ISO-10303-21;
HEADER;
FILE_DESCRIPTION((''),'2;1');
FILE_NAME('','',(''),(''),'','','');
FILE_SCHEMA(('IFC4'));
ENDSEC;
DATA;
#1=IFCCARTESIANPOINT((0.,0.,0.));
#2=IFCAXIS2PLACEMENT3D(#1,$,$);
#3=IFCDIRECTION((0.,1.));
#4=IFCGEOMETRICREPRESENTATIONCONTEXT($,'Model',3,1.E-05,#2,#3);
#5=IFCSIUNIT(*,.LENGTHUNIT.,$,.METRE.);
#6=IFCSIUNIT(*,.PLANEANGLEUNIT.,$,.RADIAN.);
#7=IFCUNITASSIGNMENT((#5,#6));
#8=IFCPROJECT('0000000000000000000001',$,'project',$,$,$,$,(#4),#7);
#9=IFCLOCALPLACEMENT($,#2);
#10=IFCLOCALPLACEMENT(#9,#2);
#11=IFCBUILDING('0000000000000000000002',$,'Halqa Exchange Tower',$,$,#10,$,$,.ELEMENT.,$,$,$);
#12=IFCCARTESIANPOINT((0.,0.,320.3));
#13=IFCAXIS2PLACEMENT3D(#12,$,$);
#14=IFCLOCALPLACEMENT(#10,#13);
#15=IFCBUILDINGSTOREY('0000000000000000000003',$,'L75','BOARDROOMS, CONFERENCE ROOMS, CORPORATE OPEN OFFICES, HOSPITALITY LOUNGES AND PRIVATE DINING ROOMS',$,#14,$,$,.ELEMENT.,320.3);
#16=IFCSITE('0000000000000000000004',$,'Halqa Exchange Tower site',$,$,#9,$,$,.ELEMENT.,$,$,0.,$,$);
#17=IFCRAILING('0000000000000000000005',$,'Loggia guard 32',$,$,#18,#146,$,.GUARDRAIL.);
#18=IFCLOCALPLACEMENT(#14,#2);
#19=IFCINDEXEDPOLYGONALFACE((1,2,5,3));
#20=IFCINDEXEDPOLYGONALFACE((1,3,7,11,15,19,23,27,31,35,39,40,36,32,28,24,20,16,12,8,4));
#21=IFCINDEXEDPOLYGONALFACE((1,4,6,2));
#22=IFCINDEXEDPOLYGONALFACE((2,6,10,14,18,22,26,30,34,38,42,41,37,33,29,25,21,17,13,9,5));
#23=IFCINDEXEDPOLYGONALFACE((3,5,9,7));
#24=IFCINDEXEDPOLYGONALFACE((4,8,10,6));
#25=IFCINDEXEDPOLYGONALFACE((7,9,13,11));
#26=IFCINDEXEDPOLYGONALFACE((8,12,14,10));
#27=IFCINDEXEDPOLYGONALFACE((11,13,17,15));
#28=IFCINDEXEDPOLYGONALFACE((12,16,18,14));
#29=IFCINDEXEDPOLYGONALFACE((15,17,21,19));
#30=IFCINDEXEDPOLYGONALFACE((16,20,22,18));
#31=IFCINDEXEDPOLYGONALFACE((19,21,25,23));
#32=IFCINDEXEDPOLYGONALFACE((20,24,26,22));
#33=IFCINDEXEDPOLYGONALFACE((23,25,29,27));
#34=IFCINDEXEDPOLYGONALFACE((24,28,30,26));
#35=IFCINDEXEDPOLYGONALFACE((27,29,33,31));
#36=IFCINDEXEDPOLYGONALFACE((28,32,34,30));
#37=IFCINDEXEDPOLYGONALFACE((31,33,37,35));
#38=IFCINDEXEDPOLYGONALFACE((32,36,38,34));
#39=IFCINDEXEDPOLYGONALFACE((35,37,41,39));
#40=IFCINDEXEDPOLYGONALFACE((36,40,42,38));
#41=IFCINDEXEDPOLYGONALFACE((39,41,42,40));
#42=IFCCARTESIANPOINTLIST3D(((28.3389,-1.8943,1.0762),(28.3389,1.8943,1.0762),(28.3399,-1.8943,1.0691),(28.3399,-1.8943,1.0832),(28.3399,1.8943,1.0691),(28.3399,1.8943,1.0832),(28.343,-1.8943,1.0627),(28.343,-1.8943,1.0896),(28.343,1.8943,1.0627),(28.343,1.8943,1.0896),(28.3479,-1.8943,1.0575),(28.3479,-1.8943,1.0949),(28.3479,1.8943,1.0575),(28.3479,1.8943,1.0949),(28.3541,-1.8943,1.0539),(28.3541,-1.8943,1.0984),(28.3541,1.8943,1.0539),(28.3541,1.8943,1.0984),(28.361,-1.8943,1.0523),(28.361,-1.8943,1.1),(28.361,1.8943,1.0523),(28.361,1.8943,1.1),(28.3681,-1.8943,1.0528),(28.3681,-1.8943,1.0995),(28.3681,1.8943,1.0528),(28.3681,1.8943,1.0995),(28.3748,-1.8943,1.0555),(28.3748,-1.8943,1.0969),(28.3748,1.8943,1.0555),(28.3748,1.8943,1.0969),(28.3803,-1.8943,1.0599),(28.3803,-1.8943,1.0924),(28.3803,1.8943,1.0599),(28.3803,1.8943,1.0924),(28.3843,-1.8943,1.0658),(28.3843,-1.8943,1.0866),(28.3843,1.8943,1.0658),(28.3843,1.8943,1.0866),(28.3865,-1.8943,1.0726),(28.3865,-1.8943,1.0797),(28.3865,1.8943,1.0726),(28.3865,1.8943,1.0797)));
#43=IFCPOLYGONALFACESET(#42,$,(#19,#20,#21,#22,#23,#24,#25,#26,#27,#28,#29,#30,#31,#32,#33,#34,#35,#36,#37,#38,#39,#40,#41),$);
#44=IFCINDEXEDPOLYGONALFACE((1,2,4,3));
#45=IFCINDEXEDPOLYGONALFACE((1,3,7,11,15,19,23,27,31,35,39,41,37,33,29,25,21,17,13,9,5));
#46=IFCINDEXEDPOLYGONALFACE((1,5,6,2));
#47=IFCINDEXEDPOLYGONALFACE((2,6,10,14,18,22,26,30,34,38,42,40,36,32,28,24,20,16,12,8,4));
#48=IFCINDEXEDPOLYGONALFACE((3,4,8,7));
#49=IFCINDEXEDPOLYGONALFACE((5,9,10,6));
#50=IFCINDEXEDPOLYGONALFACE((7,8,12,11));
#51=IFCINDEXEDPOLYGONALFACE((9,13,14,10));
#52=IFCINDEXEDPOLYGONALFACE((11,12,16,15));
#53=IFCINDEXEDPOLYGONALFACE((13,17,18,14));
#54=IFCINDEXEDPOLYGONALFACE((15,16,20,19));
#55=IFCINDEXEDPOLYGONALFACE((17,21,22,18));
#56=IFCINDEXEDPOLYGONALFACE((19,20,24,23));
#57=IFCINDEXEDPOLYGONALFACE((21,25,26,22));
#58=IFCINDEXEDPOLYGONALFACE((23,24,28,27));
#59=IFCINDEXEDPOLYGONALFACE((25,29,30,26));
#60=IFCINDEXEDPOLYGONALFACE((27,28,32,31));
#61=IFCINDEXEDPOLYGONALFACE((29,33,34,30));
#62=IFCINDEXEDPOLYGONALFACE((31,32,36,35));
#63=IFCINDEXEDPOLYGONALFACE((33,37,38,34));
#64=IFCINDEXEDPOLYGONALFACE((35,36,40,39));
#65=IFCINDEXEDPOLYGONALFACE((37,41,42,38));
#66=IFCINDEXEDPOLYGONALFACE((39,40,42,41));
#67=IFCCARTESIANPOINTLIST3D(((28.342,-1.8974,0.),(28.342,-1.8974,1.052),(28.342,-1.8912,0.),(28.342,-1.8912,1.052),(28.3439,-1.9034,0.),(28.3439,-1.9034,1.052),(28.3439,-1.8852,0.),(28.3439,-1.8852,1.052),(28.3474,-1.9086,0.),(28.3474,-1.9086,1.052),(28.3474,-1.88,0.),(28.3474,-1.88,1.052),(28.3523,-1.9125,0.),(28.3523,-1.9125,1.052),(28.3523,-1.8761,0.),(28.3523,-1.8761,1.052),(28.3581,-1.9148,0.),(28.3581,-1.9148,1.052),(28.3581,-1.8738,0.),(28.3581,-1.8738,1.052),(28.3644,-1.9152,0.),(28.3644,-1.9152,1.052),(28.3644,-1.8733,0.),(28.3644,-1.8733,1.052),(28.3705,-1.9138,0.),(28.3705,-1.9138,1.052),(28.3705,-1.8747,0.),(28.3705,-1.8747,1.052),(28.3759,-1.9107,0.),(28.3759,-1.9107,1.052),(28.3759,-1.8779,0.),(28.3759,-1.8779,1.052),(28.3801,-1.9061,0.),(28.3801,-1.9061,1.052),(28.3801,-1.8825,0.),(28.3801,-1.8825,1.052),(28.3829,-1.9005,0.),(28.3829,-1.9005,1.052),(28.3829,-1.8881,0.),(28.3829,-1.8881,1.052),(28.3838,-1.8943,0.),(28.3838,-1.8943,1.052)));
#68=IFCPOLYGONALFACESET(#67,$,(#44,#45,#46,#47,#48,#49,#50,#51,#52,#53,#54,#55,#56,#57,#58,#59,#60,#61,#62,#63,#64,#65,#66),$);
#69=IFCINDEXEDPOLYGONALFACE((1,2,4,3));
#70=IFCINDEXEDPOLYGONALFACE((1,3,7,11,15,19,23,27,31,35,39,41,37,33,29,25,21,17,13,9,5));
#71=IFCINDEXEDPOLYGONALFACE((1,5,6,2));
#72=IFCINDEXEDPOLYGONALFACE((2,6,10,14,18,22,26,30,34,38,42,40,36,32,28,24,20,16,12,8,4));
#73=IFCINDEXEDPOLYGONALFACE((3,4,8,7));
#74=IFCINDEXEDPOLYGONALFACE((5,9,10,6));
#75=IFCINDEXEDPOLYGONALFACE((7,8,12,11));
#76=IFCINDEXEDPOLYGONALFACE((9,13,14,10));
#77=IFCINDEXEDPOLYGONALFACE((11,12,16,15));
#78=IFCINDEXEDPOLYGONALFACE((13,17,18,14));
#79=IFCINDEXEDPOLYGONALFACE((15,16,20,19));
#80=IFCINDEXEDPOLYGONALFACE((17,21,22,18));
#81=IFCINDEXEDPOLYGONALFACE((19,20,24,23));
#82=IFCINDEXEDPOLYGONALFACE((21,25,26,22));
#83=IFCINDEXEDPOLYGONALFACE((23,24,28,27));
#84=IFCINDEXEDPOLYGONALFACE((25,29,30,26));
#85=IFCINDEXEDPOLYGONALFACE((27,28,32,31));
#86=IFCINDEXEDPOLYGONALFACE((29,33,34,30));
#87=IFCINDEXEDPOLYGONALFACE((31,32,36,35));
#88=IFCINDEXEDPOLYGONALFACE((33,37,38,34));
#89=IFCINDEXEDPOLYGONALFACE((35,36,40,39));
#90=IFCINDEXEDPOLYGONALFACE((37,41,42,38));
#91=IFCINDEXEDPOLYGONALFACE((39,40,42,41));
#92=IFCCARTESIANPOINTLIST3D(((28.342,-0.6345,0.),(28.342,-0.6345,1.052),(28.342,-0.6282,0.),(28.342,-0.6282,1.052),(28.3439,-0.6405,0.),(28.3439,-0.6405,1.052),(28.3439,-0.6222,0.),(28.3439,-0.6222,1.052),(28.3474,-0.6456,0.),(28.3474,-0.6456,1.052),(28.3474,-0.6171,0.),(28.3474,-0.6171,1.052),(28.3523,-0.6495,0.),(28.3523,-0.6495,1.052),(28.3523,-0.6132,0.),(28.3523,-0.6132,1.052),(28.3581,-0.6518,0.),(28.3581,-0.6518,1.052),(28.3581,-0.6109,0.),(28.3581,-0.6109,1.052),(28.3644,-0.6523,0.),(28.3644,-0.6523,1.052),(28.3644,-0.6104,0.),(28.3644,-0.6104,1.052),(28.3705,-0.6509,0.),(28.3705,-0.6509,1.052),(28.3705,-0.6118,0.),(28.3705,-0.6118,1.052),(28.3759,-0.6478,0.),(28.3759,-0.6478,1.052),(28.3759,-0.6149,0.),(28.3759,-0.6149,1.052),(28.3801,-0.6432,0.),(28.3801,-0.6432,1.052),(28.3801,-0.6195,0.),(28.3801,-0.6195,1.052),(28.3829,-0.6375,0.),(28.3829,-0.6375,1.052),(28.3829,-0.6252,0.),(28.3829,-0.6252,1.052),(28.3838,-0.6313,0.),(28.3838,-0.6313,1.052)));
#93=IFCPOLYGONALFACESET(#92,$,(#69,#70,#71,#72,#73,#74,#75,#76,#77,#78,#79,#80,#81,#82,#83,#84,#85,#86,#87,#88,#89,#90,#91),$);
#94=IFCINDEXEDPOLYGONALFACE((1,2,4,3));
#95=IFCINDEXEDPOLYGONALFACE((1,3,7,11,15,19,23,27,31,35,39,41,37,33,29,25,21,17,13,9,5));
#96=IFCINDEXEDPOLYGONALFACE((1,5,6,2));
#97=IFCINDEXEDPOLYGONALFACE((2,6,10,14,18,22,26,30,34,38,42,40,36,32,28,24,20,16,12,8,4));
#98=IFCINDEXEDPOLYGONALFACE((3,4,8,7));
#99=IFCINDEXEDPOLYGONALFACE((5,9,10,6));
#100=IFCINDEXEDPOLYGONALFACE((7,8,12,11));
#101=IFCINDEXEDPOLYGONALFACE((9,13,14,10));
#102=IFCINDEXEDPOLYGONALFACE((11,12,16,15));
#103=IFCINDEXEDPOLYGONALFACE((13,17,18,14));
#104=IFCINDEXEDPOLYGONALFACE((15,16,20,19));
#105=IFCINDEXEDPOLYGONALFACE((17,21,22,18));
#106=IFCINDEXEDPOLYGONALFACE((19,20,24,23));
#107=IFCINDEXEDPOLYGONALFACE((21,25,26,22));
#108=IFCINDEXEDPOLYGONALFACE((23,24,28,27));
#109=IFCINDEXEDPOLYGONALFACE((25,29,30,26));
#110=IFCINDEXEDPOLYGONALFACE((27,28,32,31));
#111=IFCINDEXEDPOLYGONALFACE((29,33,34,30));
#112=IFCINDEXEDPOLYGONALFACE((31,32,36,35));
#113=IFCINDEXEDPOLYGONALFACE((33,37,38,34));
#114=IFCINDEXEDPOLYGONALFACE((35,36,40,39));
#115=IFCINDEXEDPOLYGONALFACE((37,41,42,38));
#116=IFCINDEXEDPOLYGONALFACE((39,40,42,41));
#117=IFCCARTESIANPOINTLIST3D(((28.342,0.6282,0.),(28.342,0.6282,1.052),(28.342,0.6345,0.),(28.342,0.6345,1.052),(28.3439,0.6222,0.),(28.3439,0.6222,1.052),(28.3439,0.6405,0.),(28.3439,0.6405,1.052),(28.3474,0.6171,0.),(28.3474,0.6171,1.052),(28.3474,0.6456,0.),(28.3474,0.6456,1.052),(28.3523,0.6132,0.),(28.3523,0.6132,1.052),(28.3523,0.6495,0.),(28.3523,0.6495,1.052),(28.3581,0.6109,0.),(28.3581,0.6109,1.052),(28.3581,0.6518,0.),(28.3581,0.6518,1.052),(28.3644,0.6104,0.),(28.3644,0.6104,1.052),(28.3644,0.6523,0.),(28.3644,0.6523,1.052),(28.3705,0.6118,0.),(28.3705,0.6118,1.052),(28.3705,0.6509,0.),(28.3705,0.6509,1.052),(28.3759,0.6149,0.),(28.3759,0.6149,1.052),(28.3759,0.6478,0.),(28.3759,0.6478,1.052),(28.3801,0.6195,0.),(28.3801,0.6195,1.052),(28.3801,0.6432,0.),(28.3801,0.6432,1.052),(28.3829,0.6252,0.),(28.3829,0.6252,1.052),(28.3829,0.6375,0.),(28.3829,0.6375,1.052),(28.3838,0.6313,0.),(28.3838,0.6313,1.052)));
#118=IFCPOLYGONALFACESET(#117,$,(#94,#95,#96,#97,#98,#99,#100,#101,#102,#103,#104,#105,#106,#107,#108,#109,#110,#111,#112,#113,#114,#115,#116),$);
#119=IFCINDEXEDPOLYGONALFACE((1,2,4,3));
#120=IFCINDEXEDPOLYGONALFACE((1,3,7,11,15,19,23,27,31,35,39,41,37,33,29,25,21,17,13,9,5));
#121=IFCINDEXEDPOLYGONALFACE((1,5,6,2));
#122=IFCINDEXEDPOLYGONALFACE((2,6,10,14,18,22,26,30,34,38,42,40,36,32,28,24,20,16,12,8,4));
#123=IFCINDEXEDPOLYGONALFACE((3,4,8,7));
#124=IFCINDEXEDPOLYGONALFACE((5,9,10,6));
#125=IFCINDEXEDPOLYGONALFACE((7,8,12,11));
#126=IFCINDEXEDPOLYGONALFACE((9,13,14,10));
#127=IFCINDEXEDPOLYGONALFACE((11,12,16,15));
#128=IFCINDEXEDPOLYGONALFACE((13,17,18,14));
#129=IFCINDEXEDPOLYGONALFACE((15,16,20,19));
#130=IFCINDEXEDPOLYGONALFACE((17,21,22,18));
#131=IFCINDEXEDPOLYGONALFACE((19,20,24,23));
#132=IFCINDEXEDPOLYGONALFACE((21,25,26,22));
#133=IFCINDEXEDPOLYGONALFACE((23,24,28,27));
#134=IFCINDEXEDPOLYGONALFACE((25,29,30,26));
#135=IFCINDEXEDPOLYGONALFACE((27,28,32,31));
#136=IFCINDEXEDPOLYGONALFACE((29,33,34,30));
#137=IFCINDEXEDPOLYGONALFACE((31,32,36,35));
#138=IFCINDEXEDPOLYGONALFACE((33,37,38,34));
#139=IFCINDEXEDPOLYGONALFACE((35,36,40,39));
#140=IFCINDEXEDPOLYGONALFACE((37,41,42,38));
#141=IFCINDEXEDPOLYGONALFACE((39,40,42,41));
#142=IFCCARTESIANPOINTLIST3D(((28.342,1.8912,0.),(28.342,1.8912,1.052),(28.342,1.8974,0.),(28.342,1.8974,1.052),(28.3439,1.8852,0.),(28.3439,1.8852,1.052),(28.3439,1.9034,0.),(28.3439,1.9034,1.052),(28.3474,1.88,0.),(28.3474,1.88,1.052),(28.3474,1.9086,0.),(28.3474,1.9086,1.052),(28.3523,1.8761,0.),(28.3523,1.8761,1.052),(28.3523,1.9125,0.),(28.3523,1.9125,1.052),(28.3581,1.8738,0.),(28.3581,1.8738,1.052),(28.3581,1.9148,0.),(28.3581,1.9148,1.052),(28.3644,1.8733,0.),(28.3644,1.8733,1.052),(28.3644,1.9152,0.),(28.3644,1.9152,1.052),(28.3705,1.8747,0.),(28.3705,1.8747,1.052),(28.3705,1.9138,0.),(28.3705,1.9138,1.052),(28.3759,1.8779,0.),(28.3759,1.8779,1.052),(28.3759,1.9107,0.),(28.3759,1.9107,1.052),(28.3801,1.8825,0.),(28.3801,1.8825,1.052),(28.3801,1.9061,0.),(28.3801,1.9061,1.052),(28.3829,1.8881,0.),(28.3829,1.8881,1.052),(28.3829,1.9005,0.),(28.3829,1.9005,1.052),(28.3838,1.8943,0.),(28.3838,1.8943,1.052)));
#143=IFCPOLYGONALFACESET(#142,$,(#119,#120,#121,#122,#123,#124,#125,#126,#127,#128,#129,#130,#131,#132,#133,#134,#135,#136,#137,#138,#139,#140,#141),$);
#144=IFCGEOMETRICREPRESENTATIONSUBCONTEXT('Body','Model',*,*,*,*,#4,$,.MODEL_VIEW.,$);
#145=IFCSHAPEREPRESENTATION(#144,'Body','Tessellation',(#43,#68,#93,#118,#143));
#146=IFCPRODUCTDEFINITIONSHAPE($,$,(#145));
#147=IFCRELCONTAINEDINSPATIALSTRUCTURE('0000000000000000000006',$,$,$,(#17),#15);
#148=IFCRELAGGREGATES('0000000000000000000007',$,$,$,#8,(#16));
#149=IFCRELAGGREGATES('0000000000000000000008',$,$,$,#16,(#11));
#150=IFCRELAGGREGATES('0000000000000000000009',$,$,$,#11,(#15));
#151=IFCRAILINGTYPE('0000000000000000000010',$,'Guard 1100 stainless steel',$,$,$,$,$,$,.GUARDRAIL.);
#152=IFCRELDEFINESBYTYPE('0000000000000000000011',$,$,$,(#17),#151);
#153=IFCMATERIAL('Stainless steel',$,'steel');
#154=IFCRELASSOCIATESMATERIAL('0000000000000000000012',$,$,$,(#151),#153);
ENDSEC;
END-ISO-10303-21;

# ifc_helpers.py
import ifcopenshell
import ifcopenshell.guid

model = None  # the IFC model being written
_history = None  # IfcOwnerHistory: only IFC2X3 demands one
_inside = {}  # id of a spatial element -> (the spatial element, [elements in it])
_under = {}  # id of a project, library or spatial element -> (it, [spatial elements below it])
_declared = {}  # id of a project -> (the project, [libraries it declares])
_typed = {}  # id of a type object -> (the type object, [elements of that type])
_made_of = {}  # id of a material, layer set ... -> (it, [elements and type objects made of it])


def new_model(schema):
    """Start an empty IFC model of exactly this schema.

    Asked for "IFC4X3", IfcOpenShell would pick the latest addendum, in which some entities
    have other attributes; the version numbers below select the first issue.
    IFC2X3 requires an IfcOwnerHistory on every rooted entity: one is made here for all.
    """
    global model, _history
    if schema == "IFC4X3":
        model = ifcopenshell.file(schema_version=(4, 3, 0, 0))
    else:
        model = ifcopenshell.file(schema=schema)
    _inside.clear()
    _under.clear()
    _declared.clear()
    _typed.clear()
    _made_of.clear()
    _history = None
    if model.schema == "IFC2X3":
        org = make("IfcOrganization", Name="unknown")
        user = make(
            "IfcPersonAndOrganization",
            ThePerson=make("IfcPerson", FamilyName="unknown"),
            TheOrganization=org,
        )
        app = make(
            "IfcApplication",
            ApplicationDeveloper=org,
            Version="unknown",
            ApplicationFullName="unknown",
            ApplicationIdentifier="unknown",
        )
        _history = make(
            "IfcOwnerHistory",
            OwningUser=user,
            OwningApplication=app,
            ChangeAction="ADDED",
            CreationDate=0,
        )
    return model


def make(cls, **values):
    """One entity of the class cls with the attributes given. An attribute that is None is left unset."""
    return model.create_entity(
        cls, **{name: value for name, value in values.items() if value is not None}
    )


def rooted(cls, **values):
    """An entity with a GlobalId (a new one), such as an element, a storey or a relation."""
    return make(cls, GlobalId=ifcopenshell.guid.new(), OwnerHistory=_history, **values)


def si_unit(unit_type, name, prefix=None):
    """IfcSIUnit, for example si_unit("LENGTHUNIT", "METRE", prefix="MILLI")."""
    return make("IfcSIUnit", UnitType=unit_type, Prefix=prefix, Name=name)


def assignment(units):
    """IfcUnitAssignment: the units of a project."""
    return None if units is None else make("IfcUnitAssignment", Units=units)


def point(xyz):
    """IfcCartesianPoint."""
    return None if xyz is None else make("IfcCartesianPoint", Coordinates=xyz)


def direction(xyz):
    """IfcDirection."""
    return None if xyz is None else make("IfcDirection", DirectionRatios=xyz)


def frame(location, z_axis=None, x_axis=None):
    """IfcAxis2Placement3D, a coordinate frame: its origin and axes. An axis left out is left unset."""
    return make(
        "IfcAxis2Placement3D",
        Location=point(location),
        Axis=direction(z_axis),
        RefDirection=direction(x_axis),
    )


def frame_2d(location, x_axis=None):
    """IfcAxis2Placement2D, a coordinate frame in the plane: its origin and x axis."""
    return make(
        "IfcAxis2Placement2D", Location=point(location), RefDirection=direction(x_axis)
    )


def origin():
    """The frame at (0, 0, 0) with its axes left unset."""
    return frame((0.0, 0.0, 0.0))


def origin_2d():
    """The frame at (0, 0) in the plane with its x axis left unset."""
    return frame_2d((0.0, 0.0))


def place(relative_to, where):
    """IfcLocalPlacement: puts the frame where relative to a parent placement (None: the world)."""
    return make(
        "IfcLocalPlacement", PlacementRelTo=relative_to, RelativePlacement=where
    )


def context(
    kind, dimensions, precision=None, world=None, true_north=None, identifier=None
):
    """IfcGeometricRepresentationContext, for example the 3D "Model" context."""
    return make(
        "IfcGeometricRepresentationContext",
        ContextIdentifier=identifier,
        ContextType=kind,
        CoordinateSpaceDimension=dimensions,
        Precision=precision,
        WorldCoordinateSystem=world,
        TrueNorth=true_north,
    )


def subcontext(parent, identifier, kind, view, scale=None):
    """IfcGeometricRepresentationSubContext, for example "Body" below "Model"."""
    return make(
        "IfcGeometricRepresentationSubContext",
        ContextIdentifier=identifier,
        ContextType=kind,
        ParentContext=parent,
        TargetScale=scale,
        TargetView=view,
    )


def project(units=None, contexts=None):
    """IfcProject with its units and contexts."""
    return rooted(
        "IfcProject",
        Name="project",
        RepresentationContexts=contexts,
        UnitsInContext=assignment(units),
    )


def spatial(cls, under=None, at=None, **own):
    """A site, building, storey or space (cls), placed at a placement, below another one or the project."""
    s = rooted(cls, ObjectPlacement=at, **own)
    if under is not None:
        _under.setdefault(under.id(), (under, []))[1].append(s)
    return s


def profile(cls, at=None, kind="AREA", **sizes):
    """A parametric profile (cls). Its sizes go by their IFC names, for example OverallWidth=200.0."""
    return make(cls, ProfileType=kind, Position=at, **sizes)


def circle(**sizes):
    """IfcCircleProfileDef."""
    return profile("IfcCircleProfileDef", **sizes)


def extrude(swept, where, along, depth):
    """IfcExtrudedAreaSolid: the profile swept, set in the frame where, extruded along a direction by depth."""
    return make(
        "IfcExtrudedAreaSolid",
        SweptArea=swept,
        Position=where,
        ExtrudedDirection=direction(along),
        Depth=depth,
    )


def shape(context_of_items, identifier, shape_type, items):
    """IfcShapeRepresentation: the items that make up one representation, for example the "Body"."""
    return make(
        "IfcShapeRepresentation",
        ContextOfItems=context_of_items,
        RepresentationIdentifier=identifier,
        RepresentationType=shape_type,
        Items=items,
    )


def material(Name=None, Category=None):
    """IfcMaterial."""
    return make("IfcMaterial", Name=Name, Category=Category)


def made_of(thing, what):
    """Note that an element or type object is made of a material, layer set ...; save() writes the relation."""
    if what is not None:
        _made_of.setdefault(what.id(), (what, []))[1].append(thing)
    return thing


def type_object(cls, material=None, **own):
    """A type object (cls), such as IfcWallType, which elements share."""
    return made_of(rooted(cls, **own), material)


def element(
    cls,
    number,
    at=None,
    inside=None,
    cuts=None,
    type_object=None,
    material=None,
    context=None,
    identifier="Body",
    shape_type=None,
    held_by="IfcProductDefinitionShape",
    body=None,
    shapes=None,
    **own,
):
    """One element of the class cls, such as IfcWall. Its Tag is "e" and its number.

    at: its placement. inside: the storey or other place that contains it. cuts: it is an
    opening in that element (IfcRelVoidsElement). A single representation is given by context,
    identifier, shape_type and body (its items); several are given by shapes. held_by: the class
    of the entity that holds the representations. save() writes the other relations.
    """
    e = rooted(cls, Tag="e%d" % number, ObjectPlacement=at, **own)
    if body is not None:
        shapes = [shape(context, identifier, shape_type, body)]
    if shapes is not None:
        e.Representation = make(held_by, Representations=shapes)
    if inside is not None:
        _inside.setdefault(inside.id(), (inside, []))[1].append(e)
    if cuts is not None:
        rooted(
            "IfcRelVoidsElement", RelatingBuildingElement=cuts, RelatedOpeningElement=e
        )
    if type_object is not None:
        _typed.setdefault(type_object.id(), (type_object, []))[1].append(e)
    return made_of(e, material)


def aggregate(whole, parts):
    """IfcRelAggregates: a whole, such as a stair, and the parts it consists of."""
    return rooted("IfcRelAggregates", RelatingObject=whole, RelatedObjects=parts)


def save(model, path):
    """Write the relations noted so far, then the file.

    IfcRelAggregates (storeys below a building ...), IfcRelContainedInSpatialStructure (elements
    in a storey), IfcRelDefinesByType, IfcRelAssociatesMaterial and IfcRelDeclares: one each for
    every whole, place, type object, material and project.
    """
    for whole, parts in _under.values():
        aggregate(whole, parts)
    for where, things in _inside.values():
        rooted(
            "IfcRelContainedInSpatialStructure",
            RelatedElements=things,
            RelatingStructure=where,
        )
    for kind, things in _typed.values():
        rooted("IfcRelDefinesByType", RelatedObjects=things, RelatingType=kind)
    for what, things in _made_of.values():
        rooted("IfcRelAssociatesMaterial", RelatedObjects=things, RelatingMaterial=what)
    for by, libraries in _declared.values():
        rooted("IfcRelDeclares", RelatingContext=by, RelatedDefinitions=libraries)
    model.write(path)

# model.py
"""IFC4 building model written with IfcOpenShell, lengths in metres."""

from ifc_helpers import new_model, si_unit, direction, frame, origin, origin_2d, place, context, subcontext, project, spatial, circle, extrude, material, type_object, element, save


model = new_model("IFC4")

# Units and contexts
model_context = context("Model", 3, precision=1e-05, world=origin(), true_north=direction((0.0, 1.0)))
body_context = subcontext(model_context, "Body", "Model", "MODEL_VIEW")
ifc_project = project(units=[si_unit("LENGTHUNIT", "METRE"), si_unit("PLANEANGLEUNIT", "RADIAN")], contexts=[model_context])

# Site, building, storey
site_placement = place(None, origin())
site = spatial("IfcSite", under=ifc_project, at=site_placement, Name="Halqa Exchange Tower site", CompositionType="ELEMENT", RefElevation=0.0)
building_placement = place(site_placement, origin())
building = spatial("IfcBuilding", under=site, at=building_placement, Name="Halqa Exchange Tower", CompositionType="ELEMENT")
storey_placement = place(building_placement, frame((0.0, 0.0, 320.3)))
storey = spatial("IfcBuildingStorey", under=building, at=storey_placement, Name="L75", Description="BOARDROOMS, CONFERENCE ROOMS, CORPORATE OPEN OFFICES, HOSPITALITY LOUNGES AND PRIVATE DINING ROOMS", CompositionType="ELEMENT", Elevation=320.3)

# Railing
ifc_material_1 = material(Name="Stainless steel", Category="steel")
railing_type = type_object("IfcRailingType", Name="Guard 1100 stainless steel", PredefinedType="GUARDRAIL", material=ifc_material_1)
railing_1_placement = place(storey_placement, frame((28.3628, -1.8943, 0.0)))
element("IfcRailing", 1, at=railing_1_placement, inside=storey, type_object=railing_type, Name="Loggia guard 32", PredefinedType="GUARDRAIL", context=body_context, shape_type="SweptSolid", body=[
    extrude(circle(Radius=0.0239, at=origin_2d()), frame((0.0, 0.0, 1.0762), z_axis=(0.0, 1.0, 0.0), x_axis=(-1.0, 0.0, 0.0)), (0.0, 0.0, 1.0), 3.7886),
    extrude(circle(Radius=0.021, at=origin_2d()), origin(), (0.0, 0.0, 1.0), 1.052),
    extrude(circle(Radius=0.021, at=origin_2d()), frame((0.0, 1.2629, 0.0)), (0.0, 0.0, 1.0), 1.052),
    extrude(circle(Radius=0.021, at=origin_2d()), frame((0.0, 2.5256, 0.0)), (0.0, 0.0, 1.0), 1.052),
    extrude(circle(Radius=0.021, at=origin_2d()), frame((0.0, 3.7886, 0.0)), (0.0, 0.0, 1.0), 1.052),
])

save(model, "model.ifc")
